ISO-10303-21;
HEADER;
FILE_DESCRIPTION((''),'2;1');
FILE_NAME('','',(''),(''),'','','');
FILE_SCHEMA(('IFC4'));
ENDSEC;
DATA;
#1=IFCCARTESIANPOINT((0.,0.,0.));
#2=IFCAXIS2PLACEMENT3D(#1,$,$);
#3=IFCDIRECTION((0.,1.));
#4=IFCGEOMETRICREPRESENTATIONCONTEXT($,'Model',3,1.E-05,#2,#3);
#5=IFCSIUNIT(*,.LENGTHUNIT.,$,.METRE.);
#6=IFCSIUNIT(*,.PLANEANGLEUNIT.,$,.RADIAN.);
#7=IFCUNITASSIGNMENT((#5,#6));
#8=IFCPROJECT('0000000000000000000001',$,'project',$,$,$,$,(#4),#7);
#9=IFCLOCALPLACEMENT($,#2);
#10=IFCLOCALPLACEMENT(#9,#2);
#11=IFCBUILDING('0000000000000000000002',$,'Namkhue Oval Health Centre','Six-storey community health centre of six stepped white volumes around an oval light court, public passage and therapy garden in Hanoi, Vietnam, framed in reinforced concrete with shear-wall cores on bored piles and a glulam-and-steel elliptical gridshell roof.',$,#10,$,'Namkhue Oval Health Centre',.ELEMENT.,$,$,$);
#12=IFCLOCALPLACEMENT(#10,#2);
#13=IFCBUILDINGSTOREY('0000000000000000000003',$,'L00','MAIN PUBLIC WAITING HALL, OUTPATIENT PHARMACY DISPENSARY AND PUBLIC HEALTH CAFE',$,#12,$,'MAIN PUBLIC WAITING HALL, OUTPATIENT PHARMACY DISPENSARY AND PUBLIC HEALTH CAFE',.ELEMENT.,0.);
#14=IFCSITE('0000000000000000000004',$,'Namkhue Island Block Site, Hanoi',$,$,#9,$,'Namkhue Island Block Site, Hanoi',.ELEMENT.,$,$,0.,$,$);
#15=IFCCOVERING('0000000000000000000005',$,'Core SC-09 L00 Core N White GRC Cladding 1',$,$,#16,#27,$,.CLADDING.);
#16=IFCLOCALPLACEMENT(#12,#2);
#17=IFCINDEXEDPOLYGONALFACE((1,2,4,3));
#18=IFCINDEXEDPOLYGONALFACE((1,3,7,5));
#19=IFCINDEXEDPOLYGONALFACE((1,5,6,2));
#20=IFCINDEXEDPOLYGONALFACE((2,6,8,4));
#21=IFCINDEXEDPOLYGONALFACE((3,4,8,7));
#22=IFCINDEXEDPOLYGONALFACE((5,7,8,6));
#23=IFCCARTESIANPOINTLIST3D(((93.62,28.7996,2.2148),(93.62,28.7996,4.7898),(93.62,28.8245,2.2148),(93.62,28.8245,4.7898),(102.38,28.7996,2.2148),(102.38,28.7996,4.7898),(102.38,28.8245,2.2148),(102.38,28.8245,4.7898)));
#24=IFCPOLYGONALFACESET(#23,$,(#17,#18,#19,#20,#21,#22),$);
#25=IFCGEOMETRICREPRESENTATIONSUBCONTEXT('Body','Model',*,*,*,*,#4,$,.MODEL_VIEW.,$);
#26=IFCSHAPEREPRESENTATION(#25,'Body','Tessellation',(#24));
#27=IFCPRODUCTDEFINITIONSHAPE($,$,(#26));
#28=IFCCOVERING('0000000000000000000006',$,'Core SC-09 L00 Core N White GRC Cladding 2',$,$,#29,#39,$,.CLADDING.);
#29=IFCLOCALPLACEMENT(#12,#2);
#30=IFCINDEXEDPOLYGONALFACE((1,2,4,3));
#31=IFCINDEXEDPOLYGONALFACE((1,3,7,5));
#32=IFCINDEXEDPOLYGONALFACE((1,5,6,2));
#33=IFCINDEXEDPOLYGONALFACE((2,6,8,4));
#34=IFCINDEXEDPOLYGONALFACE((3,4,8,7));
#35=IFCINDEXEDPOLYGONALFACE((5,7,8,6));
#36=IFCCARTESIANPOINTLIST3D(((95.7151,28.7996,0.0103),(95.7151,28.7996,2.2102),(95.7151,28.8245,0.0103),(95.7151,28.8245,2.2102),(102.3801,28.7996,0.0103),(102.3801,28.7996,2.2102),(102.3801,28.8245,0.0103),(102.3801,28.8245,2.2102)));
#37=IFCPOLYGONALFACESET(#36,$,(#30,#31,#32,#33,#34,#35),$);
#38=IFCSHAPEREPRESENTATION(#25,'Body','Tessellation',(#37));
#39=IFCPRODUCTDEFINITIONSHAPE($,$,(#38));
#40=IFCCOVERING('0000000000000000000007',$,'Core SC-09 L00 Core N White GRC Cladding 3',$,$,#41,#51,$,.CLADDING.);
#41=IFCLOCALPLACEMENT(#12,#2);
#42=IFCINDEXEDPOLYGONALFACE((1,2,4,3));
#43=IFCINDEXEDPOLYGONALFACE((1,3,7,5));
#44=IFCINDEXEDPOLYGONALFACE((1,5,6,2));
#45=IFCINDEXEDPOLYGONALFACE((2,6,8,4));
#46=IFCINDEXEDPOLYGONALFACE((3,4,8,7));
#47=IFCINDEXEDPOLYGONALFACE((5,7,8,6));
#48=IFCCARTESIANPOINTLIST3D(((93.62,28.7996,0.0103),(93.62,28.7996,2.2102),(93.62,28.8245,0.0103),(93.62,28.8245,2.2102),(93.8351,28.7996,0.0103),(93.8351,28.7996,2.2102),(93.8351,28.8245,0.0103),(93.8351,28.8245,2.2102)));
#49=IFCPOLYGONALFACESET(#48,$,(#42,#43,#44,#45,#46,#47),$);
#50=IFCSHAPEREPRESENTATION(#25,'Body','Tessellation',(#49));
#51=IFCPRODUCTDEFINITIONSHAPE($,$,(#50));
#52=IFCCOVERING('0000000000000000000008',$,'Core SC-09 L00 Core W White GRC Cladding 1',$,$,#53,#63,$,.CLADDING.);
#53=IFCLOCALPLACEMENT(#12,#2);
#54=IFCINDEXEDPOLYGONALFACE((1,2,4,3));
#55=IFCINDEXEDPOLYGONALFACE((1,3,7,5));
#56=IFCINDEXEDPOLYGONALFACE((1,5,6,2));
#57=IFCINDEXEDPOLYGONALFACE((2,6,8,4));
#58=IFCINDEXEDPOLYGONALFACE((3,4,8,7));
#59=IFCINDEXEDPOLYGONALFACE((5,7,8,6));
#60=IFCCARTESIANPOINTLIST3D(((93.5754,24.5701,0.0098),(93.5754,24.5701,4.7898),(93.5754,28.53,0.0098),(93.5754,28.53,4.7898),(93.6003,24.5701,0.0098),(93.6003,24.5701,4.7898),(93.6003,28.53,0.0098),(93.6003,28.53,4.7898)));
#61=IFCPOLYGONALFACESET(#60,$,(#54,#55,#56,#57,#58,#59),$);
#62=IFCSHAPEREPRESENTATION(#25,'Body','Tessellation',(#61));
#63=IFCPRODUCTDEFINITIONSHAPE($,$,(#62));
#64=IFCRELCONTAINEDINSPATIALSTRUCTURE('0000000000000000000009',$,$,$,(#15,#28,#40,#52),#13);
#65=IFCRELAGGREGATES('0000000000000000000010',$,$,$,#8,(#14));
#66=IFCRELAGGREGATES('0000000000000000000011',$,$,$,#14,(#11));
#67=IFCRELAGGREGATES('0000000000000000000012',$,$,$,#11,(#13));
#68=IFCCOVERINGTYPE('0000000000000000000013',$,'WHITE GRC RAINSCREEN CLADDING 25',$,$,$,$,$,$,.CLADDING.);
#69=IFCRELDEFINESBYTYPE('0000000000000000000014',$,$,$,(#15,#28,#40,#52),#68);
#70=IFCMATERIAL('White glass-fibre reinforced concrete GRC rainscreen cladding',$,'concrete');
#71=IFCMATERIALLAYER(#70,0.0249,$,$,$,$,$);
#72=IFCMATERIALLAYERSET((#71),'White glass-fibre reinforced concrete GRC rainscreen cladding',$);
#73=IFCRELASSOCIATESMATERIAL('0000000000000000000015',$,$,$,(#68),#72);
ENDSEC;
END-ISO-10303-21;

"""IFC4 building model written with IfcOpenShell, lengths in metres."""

from ifc_helpers import new_model, si_unit, direction, frame, origin, origin_2d, place, context, subcontext, project, spatial, rectangle, extrude, material, layer, layer_set, type_object, element, save


model = new_model("IFC4")

# Units and contexts
model_context = context("Model", 3, precision=1e-05, world=origin(), true_north=direction((0.0, 1.0)))
body_context = subcontext(model_context, "Body", "Model", "MODEL_VIEW")
ifc_project = project(units=[si_unit("LENGTHUNIT", "METRE"), si_unit("PLANEANGLEUNIT", "RADIAN")], contexts=[model_context])

# Site, building, storey
site_placement = place(None, origin())
site = spatial("IfcSite", under=ifc_project, at=site_placement, Name="Namkhue Island Block Site, Hanoi", LongName="Namkhue Island Block Site, Hanoi", CompositionType="ELEMENT", RefElevation=0.0)
building_placement = place(site_placement, origin())
building = spatial("IfcBuilding", under=site, at=building_placement, Name="Namkhue Oval Health Centre", Description="Six-storey community health centre of six stepped white volumes around an oval light court, public passage and therapy garden in Hanoi, Vietnam, framed in reinforced concrete with shear-wall cores on bored piles and a glulam-and-steel elliptical gridshell roof.", LongName="Namkhue Oval Health Centre", CompositionType="ELEMENT")
storey_placement = place(building_placement, origin())
storey = spatial("IfcBuildingStorey", under=building, at=storey_placement, Name="L00", Description="MAIN PUBLIC WAITING HALL, OUTPATIENT PHARMACY DISPENSARY AND PUBLIC HEALTH CAFE", LongName="MAIN PUBLIC WAITING HALL, OUTPATIENT PHARMACY DISPENSARY AND PUBLIC HEALTH CAFE", CompositionType="ELEMENT", Elevation=0.0)

# Coverings
ifc_material_1 = material(Name="White glass-fibre reinforced concrete GRC rainscreen cladding", Category="concrete")
ifc_layer_1 = layer(ifc_material_1, 0.0249)
ifc_layer_set_1 = layer_set([ifc_layer_1], Name="White glass-fibre reinforced concrete GRC rainscreen cladding")
covering_type = type_object("IfcCoveringType", Name="WHITE GRC RAINSCREEN CLADDING 25", PredefinedType="CLADDING", material=ifc_layer_set_1)
covering_1_placement = place(storey_placement, frame((98.0, 28.812, 2.2148), z_axis=(0.0, 0.0, 1.0), x_axis=(-1.0, 0.0, 0.0)))
element("IfcCovering", 1, at=covering_1_placement, inside=storey, type_object=covering_type, Name="Core SC-09 L00 Core N White GRC Cladding 1", PredefinedType="CLADDING", context=body_context, shape_type="SweptSolid", body=[
    extrude(rectangle(XDim=8.76, YDim=0.0249, at=origin_2d()), origin(), (0.0, 0.0, 1.0), 2.575),
])
covering_2_placement = place(storey_placement, frame((99.0476, 28.812, 0.0103), z_axis=(0.0, 0.0, 1.0), x_axis=(-1.0, 0.0, 0.0)))
element("IfcCovering", 2, at=covering_2_placement, inside=storey, type_object=covering_type, Name="Core SC-09 L00 Core N White GRC Cladding 2", PredefinedType="CLADDING", context=body_context, shape_type="SweptSolid", body=[
    extrude(rectangle(XDim=6.665, YDim=0.0249, at=origin_2d()), origin(), (0.0, 0.0, 1.0), 2.2),
])
covering_3_placement = place(storey_placement, frame((93.7275, 28.812, 0.0103), z_axis=(0.0, 0.0, 1.0), x_axis=(-1.0, 0.0, 0.0)))
element("IfcCovering", 3, at=covering_3_placement, inside=storey, type_object=covering_type, Name="Core SC-09 L00 Core N White GRC Cladding 3", PredefinedType="CLADDING", context=body_context, shape_type="SweptSolid", body=[
    extrude(rectangle(XDim=0.2151, YDim=0.0249, at=origin_2d()), origin(), (0.0, 0.0, 1.0), 2.2),
])
covering_4_placement = place(storey_placement, frame((93.5879, 26.55, 0.0098), z_axis=(0.0, 0.0, 1.0), x_axis=(0.0, -1.0, 0.0)))
element("IfcCovering", 4, at=covering_4_placement, inside=storey, type_object=covering_type, Name="Core SC-09 L00 Core W White GRC Cladding 1", PredefinedType="CLADDING", context=body_context, shape_type="SweptSolid", body=[
    extrude(rectangle(XDim=3.96, YDim=0.0249, at=origin_2d()), origin(), (0.0, 0.0, 1.0), 4.78),
])

save(model, "model.ifc")
